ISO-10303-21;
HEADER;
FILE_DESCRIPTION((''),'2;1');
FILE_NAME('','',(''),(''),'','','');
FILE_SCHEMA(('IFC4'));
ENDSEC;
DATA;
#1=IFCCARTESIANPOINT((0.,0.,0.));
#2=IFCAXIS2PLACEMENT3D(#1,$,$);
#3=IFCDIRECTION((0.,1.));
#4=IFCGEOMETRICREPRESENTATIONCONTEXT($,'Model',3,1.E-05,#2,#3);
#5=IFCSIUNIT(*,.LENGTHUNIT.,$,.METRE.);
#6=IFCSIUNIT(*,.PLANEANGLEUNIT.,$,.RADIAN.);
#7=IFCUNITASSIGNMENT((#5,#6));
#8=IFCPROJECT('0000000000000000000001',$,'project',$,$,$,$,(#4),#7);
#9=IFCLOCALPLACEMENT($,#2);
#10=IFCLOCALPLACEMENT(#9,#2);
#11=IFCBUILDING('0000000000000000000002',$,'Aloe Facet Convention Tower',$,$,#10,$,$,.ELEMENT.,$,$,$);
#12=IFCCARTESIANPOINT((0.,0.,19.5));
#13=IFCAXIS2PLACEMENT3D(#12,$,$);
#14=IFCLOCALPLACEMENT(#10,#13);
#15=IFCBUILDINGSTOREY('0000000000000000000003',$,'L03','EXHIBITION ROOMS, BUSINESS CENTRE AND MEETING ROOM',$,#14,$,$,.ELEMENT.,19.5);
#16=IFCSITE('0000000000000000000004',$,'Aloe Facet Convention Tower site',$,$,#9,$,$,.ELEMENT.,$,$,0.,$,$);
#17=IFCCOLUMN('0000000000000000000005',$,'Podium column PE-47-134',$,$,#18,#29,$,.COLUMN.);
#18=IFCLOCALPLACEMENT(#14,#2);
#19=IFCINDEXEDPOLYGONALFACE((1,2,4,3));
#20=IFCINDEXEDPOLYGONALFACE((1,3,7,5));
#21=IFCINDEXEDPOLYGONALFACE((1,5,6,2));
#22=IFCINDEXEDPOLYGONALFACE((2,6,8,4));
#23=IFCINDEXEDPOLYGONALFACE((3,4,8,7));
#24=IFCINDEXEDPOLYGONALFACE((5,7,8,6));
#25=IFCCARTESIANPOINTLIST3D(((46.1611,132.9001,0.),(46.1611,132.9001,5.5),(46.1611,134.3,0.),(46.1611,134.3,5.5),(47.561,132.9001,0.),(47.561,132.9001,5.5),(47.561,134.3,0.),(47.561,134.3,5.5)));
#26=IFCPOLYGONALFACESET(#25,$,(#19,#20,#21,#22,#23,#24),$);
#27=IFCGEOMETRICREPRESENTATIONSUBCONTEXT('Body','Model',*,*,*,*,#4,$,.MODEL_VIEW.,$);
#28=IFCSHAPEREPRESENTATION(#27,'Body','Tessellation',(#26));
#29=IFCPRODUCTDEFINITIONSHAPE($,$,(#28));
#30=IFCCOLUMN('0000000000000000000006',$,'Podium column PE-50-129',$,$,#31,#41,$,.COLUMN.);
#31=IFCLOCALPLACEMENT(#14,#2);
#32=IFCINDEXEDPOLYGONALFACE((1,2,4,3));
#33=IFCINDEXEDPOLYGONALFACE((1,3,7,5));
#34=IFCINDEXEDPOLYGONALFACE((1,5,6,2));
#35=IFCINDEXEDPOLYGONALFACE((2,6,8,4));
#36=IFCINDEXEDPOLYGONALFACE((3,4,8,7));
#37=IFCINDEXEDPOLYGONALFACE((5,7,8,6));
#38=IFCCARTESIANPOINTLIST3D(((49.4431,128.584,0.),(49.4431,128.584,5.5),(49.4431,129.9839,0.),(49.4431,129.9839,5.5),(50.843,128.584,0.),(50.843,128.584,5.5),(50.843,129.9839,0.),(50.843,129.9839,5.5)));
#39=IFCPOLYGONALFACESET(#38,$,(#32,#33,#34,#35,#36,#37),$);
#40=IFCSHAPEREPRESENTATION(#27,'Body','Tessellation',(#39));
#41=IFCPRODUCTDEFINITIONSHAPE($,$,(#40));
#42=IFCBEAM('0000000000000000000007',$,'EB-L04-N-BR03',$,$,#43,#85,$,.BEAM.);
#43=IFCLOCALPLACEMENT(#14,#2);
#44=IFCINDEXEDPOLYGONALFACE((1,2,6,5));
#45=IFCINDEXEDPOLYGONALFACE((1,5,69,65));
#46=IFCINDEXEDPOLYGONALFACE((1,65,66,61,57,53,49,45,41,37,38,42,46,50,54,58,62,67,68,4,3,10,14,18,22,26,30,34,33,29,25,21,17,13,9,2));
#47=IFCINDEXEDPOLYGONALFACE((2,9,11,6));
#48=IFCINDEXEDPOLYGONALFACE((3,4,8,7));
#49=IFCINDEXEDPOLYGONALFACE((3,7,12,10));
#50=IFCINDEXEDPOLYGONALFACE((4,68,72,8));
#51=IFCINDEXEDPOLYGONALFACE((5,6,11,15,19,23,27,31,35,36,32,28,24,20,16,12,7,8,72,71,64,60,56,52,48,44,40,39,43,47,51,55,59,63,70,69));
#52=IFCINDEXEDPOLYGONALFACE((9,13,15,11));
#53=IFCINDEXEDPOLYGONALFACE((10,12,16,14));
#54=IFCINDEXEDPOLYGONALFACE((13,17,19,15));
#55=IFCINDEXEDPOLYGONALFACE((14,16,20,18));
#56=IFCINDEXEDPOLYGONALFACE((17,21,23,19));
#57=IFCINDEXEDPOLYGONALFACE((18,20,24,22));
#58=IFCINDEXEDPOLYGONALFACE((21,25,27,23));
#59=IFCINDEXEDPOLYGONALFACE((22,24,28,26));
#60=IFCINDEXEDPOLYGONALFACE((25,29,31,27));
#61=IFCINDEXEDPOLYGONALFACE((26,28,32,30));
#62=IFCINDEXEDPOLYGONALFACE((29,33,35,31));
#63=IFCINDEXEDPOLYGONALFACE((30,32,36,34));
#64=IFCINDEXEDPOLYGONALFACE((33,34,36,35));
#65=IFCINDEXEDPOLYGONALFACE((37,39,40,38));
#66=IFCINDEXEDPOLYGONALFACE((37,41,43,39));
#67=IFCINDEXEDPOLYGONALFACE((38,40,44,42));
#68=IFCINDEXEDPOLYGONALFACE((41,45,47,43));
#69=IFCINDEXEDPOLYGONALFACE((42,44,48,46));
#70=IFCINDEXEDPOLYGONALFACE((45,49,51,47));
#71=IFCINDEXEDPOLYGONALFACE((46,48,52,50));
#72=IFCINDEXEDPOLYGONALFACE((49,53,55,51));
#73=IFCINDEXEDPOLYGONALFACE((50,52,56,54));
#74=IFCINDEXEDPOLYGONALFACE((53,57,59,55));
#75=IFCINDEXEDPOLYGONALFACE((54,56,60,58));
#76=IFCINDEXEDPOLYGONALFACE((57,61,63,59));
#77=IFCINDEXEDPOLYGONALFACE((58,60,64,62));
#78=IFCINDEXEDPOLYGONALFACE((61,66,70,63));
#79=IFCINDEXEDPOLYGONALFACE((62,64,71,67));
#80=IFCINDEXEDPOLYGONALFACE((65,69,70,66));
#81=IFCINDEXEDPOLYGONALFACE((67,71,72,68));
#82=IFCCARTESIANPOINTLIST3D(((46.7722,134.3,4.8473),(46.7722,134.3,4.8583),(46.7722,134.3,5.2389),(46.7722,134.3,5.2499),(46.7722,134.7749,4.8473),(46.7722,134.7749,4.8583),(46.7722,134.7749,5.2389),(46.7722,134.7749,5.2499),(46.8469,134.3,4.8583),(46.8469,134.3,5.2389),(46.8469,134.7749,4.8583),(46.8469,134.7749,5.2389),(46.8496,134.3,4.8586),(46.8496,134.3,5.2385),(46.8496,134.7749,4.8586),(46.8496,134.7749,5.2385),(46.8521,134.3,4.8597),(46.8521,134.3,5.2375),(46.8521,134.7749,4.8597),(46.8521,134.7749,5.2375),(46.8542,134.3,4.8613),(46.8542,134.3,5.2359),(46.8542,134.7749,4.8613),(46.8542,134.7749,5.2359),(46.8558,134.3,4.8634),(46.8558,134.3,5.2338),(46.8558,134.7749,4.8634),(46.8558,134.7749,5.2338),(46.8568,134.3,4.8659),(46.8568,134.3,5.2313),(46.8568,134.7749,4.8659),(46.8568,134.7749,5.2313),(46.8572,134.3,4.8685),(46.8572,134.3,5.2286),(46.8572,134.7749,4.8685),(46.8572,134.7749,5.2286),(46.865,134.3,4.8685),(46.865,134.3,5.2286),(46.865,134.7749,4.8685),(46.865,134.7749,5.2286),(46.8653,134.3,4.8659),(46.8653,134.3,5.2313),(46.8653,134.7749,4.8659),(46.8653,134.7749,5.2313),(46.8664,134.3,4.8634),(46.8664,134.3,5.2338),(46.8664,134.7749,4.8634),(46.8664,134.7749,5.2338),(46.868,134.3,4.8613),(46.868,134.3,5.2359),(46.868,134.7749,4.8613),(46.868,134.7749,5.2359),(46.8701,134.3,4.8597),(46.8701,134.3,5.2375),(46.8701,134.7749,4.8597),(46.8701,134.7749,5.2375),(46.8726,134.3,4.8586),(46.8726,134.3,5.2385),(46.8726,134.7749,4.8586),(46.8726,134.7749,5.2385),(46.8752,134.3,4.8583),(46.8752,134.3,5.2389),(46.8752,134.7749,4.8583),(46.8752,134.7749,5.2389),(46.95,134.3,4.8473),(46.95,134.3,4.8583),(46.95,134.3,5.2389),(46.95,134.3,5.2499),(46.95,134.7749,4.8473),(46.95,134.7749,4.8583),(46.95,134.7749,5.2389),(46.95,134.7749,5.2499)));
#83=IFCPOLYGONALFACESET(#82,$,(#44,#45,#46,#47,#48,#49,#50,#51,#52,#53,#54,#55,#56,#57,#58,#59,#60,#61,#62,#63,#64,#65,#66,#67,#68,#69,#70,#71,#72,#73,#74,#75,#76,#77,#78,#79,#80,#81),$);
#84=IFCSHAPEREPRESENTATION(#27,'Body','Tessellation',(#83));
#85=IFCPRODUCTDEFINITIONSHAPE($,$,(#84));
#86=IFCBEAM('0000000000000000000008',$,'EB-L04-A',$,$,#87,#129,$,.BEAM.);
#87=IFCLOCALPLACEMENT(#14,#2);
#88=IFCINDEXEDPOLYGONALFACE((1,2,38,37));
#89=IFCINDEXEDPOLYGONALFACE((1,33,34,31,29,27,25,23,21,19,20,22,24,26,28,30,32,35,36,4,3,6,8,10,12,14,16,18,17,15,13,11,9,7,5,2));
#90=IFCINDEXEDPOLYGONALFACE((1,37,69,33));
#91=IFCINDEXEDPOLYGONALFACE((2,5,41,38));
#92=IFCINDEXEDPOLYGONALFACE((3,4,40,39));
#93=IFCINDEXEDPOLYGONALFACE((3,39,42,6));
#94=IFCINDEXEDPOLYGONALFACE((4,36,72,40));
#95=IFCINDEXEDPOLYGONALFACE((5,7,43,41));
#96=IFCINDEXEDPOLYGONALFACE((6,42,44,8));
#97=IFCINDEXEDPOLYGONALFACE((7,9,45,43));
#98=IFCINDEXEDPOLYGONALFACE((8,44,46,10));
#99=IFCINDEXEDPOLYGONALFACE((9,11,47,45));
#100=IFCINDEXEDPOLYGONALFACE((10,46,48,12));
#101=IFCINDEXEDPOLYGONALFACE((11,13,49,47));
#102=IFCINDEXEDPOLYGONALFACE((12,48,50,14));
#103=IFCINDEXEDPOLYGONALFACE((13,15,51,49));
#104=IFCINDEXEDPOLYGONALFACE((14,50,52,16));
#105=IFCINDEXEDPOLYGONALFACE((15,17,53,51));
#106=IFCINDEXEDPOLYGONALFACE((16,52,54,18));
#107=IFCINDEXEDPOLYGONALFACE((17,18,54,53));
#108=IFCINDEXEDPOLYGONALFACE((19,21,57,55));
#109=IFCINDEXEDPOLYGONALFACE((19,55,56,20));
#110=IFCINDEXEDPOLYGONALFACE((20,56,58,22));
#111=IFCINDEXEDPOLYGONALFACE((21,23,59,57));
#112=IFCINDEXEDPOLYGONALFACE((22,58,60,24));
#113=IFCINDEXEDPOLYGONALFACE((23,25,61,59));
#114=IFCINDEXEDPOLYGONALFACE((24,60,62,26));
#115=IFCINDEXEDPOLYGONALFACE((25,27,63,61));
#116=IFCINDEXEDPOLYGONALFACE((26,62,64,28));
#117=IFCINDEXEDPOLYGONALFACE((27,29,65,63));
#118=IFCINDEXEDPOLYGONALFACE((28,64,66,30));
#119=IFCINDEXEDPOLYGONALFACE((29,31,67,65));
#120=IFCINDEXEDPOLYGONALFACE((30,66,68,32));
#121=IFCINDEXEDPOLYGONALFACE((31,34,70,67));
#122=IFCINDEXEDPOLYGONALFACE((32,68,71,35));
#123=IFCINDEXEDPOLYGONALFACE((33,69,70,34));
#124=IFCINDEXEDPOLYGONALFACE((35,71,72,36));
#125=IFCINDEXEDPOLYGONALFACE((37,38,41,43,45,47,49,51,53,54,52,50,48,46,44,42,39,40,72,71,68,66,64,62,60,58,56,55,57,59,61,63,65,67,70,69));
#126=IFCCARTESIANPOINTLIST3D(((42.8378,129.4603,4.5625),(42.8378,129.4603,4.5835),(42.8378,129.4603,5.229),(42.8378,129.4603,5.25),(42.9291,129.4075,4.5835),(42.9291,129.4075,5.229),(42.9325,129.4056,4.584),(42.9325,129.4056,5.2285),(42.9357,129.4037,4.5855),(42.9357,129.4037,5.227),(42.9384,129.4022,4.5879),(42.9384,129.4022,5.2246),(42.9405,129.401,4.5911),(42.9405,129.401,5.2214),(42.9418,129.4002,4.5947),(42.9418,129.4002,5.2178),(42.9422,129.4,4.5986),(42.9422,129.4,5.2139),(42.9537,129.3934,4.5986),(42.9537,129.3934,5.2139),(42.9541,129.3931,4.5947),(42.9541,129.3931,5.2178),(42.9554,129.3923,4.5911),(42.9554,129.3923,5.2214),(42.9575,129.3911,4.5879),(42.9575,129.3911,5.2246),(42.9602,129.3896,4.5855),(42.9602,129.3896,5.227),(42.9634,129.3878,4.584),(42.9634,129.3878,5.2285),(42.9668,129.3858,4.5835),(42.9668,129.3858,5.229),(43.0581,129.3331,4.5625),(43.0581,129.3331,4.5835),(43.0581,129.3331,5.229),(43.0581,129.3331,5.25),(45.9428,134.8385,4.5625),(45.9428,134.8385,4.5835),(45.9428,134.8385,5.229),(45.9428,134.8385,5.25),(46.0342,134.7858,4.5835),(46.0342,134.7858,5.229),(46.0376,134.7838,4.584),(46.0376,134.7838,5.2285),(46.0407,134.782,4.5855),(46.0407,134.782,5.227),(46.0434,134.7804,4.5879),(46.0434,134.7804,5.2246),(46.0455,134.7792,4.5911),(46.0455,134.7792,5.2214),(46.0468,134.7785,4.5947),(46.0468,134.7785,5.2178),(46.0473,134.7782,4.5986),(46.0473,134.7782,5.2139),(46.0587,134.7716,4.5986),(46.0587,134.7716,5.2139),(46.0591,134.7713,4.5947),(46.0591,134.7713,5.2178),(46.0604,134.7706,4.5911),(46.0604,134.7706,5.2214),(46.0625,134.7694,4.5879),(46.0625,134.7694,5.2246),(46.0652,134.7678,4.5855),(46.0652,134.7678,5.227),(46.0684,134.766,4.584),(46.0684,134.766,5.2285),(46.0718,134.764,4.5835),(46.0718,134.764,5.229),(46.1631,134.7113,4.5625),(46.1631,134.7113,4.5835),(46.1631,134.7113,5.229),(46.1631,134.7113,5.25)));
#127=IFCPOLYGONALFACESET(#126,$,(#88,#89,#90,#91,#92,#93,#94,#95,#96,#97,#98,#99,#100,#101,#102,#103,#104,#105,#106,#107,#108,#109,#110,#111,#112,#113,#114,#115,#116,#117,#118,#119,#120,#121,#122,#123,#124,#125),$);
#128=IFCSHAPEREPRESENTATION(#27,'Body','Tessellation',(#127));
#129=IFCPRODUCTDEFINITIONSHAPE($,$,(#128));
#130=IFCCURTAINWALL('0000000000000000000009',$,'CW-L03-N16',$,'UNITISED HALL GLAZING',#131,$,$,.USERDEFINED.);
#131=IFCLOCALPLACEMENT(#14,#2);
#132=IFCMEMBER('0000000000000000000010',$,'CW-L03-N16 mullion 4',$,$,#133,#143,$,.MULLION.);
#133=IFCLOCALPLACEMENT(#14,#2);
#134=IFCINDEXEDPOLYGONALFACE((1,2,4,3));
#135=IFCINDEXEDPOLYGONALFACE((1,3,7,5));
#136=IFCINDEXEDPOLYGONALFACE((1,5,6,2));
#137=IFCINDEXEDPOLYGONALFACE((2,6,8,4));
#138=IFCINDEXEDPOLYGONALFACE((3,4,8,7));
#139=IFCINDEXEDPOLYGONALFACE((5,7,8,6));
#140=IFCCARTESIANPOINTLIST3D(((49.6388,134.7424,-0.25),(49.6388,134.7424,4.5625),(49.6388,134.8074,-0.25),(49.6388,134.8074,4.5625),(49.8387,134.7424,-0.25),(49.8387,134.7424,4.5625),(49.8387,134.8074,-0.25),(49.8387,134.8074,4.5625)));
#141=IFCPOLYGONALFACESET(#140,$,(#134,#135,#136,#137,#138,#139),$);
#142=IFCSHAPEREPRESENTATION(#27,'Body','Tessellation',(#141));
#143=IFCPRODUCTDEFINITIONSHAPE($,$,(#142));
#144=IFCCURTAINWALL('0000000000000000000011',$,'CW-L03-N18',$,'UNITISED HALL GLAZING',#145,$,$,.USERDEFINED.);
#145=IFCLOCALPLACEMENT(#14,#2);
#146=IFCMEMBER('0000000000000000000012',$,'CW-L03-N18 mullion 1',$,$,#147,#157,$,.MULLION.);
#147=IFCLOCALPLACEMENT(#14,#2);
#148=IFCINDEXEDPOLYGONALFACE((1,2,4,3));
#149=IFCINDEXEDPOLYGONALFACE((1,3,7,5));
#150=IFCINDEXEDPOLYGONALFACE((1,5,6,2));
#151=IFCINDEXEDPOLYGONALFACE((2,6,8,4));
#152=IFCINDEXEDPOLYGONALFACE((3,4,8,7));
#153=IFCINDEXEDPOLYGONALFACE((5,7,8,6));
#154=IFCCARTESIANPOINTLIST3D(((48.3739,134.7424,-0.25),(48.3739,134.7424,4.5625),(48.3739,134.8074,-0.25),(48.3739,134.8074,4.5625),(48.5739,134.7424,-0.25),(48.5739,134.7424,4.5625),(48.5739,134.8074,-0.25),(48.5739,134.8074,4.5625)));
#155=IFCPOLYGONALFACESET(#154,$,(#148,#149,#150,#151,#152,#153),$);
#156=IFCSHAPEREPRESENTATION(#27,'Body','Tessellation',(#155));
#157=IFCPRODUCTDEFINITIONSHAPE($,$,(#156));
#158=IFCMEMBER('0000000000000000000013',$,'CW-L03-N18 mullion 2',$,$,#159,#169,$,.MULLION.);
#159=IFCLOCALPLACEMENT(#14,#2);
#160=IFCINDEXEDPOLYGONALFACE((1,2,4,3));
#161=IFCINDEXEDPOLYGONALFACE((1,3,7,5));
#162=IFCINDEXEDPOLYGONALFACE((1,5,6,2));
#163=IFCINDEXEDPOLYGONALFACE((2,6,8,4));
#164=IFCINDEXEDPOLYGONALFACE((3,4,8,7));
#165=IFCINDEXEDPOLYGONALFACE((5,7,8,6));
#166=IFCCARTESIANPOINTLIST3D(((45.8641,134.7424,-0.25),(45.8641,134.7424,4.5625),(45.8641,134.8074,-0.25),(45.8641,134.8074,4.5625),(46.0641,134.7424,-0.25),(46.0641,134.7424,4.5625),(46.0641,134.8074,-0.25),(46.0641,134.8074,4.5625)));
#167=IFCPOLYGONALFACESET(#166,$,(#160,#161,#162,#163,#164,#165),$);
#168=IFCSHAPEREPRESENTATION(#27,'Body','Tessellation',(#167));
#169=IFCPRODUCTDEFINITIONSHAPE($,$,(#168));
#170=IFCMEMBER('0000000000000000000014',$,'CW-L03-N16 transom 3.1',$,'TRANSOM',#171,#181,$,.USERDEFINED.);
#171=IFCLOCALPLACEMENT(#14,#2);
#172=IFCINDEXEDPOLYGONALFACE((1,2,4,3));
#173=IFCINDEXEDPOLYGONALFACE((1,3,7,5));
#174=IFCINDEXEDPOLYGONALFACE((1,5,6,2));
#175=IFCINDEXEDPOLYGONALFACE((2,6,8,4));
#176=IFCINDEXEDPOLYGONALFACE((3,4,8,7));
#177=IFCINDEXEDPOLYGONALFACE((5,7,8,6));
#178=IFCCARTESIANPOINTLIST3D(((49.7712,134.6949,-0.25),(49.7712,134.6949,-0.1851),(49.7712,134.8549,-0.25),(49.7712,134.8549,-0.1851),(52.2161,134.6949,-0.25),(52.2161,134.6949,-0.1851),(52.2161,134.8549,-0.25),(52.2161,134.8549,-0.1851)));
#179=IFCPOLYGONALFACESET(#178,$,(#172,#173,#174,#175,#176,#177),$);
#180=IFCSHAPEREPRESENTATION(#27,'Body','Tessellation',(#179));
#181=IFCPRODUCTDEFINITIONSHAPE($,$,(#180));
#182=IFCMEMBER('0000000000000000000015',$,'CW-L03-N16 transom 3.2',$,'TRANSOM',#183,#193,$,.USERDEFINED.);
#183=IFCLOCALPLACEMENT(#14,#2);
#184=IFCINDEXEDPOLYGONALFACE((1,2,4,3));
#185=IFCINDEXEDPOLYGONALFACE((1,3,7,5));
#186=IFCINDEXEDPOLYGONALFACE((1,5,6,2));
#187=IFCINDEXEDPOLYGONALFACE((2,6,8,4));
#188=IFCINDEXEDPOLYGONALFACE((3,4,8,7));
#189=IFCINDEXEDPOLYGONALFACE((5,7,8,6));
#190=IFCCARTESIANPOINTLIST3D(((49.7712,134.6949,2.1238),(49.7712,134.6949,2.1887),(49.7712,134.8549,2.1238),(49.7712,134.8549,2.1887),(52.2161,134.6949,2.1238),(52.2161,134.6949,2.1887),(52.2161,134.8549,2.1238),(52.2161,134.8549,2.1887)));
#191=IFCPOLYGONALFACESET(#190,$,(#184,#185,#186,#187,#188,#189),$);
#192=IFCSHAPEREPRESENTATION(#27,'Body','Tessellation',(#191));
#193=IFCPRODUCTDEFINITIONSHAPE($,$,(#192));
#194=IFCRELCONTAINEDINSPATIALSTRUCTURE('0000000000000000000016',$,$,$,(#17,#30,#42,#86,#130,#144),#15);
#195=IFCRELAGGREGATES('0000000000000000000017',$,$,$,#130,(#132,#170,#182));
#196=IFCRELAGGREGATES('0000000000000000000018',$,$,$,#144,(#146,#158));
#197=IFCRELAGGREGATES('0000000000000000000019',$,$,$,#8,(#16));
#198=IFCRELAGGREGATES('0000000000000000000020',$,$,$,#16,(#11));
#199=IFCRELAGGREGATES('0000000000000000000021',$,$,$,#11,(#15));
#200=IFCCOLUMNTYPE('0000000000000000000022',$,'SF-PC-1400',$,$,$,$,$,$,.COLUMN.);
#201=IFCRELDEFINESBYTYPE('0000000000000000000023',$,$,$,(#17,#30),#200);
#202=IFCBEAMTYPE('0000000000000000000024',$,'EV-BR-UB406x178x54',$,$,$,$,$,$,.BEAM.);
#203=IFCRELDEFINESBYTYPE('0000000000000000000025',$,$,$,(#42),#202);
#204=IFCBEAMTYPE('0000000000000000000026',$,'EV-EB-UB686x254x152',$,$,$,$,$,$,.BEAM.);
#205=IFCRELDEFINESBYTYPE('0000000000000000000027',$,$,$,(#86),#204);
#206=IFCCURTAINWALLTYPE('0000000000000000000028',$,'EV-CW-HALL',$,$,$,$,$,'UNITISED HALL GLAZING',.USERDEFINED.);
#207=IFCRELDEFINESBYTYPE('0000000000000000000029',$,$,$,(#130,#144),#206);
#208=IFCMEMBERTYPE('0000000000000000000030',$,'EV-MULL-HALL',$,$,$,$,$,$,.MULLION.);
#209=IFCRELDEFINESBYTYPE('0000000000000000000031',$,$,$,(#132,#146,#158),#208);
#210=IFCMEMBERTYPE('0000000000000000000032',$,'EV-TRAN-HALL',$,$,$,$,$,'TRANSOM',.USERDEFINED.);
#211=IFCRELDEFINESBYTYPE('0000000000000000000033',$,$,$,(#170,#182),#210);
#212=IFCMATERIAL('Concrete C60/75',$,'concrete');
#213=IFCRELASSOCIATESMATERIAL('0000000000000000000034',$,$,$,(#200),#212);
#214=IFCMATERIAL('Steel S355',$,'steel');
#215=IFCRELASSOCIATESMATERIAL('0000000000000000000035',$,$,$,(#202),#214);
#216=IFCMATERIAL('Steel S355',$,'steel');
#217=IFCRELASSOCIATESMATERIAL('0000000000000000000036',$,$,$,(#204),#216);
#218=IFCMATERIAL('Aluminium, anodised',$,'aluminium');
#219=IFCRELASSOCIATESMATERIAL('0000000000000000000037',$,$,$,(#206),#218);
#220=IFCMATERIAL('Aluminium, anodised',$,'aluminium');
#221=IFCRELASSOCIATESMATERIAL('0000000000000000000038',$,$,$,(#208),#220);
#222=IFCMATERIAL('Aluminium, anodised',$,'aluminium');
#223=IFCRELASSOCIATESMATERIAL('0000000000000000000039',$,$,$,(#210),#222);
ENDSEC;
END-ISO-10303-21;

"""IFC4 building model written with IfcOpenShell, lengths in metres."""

from ifc_helpers import new_model, si_unit, direction, frame, origin, origin_2d, place, context, subcontext, project, spatial, rectangle, i_section, extrude, material, material_profile, profile_set, type_object, element, aggregate, save


model = new_model("IFC4")

# Units and contexts
model_context = context("Model", 3, precision=1e-05, world=origin(), true_north=direction((0.0, 1.0)))
body_context = subcontext(model_context, "Body", "Model", "MODEL_VIEW")
ifc_project = project(units=[si_unit("LENGTHUNIT", "METRE"), si_unit("PLANEANGLEUNIT", "RADIAN")], contexts=[model_context])

# Site, building, storey
site_placement = place(None, origin())
site = spatial("IfcSite", under=ifc_project, at=site_placement, Name="Aloe Facet Convention Tower site", CompositionType="ELEMENT", RefElevation=0.0)
building_placement = place(site_placement, origin())
building = spatial("IfcBuilding", under=site, at=building_placement, Name="Aloe Facet Convention Tower", CompositionType="ELEMENT")
storey_placement = place(building_placement, frame((0.0, 0.0, 19.5)))
storey = spatial("IfcBuildingStorey", under=building, at=storey_placement, Name="L03", Description="EXHIBITION ROOMS, BUSINESS CENTRE AND MEETING ROOM", CompositionType="ELEMENT", Elevation=19.5)

# Columns
ifc_material_1 = material(Name="Concrete C60/75", Category="concrete")
ifc_material_profile_1 = material_profile(ifc_material_1, rectangle(XDim=1.3999, YDim=1.3999, at=origin_2d()), Name="SF-PC-1400")
ifc_profile_set_1 = profile_set([ifc_material_profile_1], Name="Concrete C60/75")
column_type = type_object("IfcColumnType", Name="SF-PC-1400", PredefinedType="COLUMN", material=ifc_profile_set_1)
for number, where, z_axis, x_axis, name in (
    (1, (46.8611, 133.6001, 0.0), (0.0, 0.0, 1.0), (1.0, 0.0, 0.0), "Podium column PE-47-134"),
    (2, (50.1431, 129.2839, 0.0), (0.0, 0.0, 1.0), (1.0, 0.0, 0.0), "Podium column PE-50-129"),
):
    element("IfcColumn", number, at=place(storey_placement, frame(where, z_axis=z_axis, x_axis=x_axis)), inside=storey, type_object=column_type, Name=name, PredefinedType="COLUMN", context=body_context, shape_type="SweptSolid", body=[
        extrude(rectangle(XDim=1.3999, YDim=1.3999, at=origin_2d()), origin(), (0.0, 0.0, 1.0), 5.5),
    ])

# Beams
ifc_material_2 = material(Name="Steel S355", Category="steel")
ifc_material_profile_2 = material_profile(ifc_material_2, i_section(OverallWidth=0.1777, OverallDepth=0.4026, WebThickness=0.0078, FlangeThickness=0.011, FilletRadius=0.0103, at=origin_2d()), Name="UB 406x178x54")
ifc_profile_set_2 = profile_set([ifc_material_profile_2], Name="Steel S355")
beam_type_1 = type_object("IfcBeamType", Name="EV-BR-UB406x178x54", PredefinedType="BEAM", material=ifc_profile_set_2)
beam_1_placement = place(storey_placement, frame((46.8611, 134.3, 5.0486), z_axis=(0.0, 1.0, 0.0), x_axis=(-1.0, 0.0, 0.0)))
element("IfcBeam", 3, at=beam_1_placement, inside=storey, type_object=beam_type_1, Name="EB-L04-N-BR03", PredefinedType="BEAM", context=body_context, shape_type="SweptSolid", body=[
    extrude(i_section(OverallWidth=0.1777, OverallDepth=0.4026, WebThickness=0.0078, FlangeThickness=0.011, FilletRadius=0.0103, at=origin_2d()), origin(), (0.0, 0.0, 1.0), 0.4749),
])
ifc_material_3 = material(Name="Steel S355", Category="steel")
ifc_material_profile_3 = material_profile(ifc_material_3, i_section(OverallWidth=0.2544, OverallDepth=0.6875, WebThickness=0.0132, FlangeThickness=0.021, FilletRadius=0.0151, at=origin_2d()), Name="UB 686x254x152")
ifc_profile_set_3 = profile_set([ifc_material_profile_3], Name="Steel S355")
beam_type_2 = type_object("IfcBeamType", Name="EV-EB-UB686x254x152", PredefinedType="BEAM", material=ifc_profile_set_3)
beam_2_placement = place(storey_placement, frame((46.053, 134.7749, 4.9062), z_axis=(-0.499987, -0.866033, 0.0), x_axis=(0.866033, -0.499987, 0.0)))
element("IfcBeam", 4, at=beam_2_placement, inside=storey, type_object=beam_type_2, Name="EB-L04-A", PredefinedType="BEAM", context=body_context, shape_type="SweptSolid", body=[
    extrude(i_section(OverallWidth=0.2544, OverallDepth=0.6875, WebThickness=0.0132, FlangeThickness=0.021, FilletRadius=0.0151, at=origin_2d()), origin(), (0.0, 0.0, 1.0), 6.2102),
])

# Curtain wall, member
ifc_material_4 = material(Name="Aluminium, anodised", Category="aluminium")
curtain_wall_type = type_object("IfcCurtainWallType", Name="EV-CW-HALL", ElementType="UNITISED HALL GLAZING", PredefinedType="USERDEFINED", material=ifc_material_4)
curtain_wall_1_placement = place(storey_placement, origin())
curtain_wall_1 = element("IfcCurtainWall", 5, at=curtain_wall_1_placement, inside=storey, type_object=curtain_wall_type, Name="CW-L03-N16", ObjectType="UNITISED HALL GLAZING", PredefinedType="USERDEFINED")
ifc_material_5 = material(Name="Aluminium, anodised", Category="aluminium")
ifc_material_profile_4 = material_profile(ifc_material_5, rectangle(XDim=0.0649, YDim=0.2, at=origin_2d()), Name="AL 65x200")
ifc_profile_set_4 = profile_set([ifc_material_profile_4], Name="Aluminium, anodised")
member_type_1 = type_object("IfcMemberType", Name="EV-MULL-HALL", PredefinedType="MULLION", material=ifc_profile_set_4)
member_1_placement = place(storey_placement, frame((49.7388, 134.7749, -0.25), z_axis=(0.0, 0.0, 1.0), x_axis=(0.0, -1.0, 0.0)))
member_1 = element("IfcMember", 6, at=member_1_placement, type_object=member_type_1, Name="CW-L03-N16 mullion 4", PredefinedType="MULLION", context=body_context, shape_type="SweptSolid", body=[
    extrude(rectangle(XDim=0.0649, YDim=0.2, at=origin_2d()), origin(), (0.0, 0.0, 1.0), 4.8125),
])

# Curtain wall, members
curtain_wall_2_placement = place(storey_placement, origin())
curtain_wall_2 = element("IfcCurtainWall", 7, at=curtain_wall_2_placement, inside=storey, type_object=curtain_wall_type, Name="CW-L03-N18", ObjectType="UNITISED HALL GLAZING", PredefinedType="USERDEFINED")
member_2_placement = place(storey_placement, frame((48.4739, 134.7749, -0.25), z_axis=(0.0, 0.0, 1.0), x_axis=(0.0, -1.0, 0.0)))
member_2 = element("IfcMember", 8, at=member_2_placement, type_object=member_type_1, Name="CW-L03-N18 mullion 1", PredefinedType="MULLION", context=body_context, shape_type="SweptSolid", body=[
    extrude(rectangle(XDim=0.0649, YDim=0.2, at=origin_2d()), origin(), (0.0, 0.0, 1.0), 4.8125),
])
member_3_placement = place(storey_placement, frame((45.9641, 134.7749, -0.25), z_axis=(0.0, 0.0, 1.0), x_axis=(0.0, -1.0, 0.0)))
member_3 = element("IfcMember", 9, at=member_3_placement, type_object=member_type_1, Name="CW-L03-N18 mullion 2", PredefinedType="MULLION", context=body_context, shape_type="SweptSolid", body=[
    extrude(rectangle(XDim=0.0649, YDim=0.2, at=origin_2d()), origin(), (0.0, 0.0, 1.0), 4.8125),
])

# Members
ifc_material_6 = material(Name="Aluminium, anodised", Category="aluminium")
ifc_material_profile_5 = material_profile(ifc_material_6, rectangle(XDim=0.1599, YDim=0.0649, at=origin_2d()), Name="AL 160x65")
ifc_profile_set_5 = profile_set([ifc_material_profile_5], Name="Aluminium, anodised")
member_type_2 = type_object("IfcMemberType", Name="EV-TRAN-HALL", ElementType="TRANSOM", PredefinedType="USERDEFINED", material=ifc_profile_set_5)
member_4_placement = place(storey_placement, frame((52.2161, 134.7749, -0.2175), z_axis=(-1.0, 0.0, 0.0), x_axis=(0.0, -1.0, 0.0)))
member_4 = element("IfcMember", 10, at=member_4_placement, type_object=member_type_2, Name="CW-L03-N16 transom 3.1", ObjectType="TRANSOM", PredefinedType="USERDEFINED", context=body_context, shape_type="SweptSolid", body=[
    extrude(rectangle(XDim=0.1599, YDim=0.0649, at=origin_2d()), origin(), (0.0, 0.0, 1.0), 2.4448),
])
member_5_placement = place(storey_placement, frame((52.2161, 134.7749, 2.1562), z_axis=(-1.0, 0.0, 0.0), x_axis=(0.0, -1.0, 0.0)))
member_5 = element("IfcMember", 11, at=member_5_placement, type_object=member_type_2, Name="CW-L03-N16 transom 3.2", ObjectType="TRANSOM", PredefinedType="USERDEFINED", context=body_context, shape_type="SweptSolid", body=[
    extrude(rectangle(XDim=0.1599, YDim=0.0649, at=origin_2d()), origin(), (0.0, 0.0, 1.0), 2.4448),
])

aggregate(curtain_wall_1, [member_1, member_4, member_5])
aggregate(curtain_wall_2, [member_2, member_3])

save(model, "model.ifc")
